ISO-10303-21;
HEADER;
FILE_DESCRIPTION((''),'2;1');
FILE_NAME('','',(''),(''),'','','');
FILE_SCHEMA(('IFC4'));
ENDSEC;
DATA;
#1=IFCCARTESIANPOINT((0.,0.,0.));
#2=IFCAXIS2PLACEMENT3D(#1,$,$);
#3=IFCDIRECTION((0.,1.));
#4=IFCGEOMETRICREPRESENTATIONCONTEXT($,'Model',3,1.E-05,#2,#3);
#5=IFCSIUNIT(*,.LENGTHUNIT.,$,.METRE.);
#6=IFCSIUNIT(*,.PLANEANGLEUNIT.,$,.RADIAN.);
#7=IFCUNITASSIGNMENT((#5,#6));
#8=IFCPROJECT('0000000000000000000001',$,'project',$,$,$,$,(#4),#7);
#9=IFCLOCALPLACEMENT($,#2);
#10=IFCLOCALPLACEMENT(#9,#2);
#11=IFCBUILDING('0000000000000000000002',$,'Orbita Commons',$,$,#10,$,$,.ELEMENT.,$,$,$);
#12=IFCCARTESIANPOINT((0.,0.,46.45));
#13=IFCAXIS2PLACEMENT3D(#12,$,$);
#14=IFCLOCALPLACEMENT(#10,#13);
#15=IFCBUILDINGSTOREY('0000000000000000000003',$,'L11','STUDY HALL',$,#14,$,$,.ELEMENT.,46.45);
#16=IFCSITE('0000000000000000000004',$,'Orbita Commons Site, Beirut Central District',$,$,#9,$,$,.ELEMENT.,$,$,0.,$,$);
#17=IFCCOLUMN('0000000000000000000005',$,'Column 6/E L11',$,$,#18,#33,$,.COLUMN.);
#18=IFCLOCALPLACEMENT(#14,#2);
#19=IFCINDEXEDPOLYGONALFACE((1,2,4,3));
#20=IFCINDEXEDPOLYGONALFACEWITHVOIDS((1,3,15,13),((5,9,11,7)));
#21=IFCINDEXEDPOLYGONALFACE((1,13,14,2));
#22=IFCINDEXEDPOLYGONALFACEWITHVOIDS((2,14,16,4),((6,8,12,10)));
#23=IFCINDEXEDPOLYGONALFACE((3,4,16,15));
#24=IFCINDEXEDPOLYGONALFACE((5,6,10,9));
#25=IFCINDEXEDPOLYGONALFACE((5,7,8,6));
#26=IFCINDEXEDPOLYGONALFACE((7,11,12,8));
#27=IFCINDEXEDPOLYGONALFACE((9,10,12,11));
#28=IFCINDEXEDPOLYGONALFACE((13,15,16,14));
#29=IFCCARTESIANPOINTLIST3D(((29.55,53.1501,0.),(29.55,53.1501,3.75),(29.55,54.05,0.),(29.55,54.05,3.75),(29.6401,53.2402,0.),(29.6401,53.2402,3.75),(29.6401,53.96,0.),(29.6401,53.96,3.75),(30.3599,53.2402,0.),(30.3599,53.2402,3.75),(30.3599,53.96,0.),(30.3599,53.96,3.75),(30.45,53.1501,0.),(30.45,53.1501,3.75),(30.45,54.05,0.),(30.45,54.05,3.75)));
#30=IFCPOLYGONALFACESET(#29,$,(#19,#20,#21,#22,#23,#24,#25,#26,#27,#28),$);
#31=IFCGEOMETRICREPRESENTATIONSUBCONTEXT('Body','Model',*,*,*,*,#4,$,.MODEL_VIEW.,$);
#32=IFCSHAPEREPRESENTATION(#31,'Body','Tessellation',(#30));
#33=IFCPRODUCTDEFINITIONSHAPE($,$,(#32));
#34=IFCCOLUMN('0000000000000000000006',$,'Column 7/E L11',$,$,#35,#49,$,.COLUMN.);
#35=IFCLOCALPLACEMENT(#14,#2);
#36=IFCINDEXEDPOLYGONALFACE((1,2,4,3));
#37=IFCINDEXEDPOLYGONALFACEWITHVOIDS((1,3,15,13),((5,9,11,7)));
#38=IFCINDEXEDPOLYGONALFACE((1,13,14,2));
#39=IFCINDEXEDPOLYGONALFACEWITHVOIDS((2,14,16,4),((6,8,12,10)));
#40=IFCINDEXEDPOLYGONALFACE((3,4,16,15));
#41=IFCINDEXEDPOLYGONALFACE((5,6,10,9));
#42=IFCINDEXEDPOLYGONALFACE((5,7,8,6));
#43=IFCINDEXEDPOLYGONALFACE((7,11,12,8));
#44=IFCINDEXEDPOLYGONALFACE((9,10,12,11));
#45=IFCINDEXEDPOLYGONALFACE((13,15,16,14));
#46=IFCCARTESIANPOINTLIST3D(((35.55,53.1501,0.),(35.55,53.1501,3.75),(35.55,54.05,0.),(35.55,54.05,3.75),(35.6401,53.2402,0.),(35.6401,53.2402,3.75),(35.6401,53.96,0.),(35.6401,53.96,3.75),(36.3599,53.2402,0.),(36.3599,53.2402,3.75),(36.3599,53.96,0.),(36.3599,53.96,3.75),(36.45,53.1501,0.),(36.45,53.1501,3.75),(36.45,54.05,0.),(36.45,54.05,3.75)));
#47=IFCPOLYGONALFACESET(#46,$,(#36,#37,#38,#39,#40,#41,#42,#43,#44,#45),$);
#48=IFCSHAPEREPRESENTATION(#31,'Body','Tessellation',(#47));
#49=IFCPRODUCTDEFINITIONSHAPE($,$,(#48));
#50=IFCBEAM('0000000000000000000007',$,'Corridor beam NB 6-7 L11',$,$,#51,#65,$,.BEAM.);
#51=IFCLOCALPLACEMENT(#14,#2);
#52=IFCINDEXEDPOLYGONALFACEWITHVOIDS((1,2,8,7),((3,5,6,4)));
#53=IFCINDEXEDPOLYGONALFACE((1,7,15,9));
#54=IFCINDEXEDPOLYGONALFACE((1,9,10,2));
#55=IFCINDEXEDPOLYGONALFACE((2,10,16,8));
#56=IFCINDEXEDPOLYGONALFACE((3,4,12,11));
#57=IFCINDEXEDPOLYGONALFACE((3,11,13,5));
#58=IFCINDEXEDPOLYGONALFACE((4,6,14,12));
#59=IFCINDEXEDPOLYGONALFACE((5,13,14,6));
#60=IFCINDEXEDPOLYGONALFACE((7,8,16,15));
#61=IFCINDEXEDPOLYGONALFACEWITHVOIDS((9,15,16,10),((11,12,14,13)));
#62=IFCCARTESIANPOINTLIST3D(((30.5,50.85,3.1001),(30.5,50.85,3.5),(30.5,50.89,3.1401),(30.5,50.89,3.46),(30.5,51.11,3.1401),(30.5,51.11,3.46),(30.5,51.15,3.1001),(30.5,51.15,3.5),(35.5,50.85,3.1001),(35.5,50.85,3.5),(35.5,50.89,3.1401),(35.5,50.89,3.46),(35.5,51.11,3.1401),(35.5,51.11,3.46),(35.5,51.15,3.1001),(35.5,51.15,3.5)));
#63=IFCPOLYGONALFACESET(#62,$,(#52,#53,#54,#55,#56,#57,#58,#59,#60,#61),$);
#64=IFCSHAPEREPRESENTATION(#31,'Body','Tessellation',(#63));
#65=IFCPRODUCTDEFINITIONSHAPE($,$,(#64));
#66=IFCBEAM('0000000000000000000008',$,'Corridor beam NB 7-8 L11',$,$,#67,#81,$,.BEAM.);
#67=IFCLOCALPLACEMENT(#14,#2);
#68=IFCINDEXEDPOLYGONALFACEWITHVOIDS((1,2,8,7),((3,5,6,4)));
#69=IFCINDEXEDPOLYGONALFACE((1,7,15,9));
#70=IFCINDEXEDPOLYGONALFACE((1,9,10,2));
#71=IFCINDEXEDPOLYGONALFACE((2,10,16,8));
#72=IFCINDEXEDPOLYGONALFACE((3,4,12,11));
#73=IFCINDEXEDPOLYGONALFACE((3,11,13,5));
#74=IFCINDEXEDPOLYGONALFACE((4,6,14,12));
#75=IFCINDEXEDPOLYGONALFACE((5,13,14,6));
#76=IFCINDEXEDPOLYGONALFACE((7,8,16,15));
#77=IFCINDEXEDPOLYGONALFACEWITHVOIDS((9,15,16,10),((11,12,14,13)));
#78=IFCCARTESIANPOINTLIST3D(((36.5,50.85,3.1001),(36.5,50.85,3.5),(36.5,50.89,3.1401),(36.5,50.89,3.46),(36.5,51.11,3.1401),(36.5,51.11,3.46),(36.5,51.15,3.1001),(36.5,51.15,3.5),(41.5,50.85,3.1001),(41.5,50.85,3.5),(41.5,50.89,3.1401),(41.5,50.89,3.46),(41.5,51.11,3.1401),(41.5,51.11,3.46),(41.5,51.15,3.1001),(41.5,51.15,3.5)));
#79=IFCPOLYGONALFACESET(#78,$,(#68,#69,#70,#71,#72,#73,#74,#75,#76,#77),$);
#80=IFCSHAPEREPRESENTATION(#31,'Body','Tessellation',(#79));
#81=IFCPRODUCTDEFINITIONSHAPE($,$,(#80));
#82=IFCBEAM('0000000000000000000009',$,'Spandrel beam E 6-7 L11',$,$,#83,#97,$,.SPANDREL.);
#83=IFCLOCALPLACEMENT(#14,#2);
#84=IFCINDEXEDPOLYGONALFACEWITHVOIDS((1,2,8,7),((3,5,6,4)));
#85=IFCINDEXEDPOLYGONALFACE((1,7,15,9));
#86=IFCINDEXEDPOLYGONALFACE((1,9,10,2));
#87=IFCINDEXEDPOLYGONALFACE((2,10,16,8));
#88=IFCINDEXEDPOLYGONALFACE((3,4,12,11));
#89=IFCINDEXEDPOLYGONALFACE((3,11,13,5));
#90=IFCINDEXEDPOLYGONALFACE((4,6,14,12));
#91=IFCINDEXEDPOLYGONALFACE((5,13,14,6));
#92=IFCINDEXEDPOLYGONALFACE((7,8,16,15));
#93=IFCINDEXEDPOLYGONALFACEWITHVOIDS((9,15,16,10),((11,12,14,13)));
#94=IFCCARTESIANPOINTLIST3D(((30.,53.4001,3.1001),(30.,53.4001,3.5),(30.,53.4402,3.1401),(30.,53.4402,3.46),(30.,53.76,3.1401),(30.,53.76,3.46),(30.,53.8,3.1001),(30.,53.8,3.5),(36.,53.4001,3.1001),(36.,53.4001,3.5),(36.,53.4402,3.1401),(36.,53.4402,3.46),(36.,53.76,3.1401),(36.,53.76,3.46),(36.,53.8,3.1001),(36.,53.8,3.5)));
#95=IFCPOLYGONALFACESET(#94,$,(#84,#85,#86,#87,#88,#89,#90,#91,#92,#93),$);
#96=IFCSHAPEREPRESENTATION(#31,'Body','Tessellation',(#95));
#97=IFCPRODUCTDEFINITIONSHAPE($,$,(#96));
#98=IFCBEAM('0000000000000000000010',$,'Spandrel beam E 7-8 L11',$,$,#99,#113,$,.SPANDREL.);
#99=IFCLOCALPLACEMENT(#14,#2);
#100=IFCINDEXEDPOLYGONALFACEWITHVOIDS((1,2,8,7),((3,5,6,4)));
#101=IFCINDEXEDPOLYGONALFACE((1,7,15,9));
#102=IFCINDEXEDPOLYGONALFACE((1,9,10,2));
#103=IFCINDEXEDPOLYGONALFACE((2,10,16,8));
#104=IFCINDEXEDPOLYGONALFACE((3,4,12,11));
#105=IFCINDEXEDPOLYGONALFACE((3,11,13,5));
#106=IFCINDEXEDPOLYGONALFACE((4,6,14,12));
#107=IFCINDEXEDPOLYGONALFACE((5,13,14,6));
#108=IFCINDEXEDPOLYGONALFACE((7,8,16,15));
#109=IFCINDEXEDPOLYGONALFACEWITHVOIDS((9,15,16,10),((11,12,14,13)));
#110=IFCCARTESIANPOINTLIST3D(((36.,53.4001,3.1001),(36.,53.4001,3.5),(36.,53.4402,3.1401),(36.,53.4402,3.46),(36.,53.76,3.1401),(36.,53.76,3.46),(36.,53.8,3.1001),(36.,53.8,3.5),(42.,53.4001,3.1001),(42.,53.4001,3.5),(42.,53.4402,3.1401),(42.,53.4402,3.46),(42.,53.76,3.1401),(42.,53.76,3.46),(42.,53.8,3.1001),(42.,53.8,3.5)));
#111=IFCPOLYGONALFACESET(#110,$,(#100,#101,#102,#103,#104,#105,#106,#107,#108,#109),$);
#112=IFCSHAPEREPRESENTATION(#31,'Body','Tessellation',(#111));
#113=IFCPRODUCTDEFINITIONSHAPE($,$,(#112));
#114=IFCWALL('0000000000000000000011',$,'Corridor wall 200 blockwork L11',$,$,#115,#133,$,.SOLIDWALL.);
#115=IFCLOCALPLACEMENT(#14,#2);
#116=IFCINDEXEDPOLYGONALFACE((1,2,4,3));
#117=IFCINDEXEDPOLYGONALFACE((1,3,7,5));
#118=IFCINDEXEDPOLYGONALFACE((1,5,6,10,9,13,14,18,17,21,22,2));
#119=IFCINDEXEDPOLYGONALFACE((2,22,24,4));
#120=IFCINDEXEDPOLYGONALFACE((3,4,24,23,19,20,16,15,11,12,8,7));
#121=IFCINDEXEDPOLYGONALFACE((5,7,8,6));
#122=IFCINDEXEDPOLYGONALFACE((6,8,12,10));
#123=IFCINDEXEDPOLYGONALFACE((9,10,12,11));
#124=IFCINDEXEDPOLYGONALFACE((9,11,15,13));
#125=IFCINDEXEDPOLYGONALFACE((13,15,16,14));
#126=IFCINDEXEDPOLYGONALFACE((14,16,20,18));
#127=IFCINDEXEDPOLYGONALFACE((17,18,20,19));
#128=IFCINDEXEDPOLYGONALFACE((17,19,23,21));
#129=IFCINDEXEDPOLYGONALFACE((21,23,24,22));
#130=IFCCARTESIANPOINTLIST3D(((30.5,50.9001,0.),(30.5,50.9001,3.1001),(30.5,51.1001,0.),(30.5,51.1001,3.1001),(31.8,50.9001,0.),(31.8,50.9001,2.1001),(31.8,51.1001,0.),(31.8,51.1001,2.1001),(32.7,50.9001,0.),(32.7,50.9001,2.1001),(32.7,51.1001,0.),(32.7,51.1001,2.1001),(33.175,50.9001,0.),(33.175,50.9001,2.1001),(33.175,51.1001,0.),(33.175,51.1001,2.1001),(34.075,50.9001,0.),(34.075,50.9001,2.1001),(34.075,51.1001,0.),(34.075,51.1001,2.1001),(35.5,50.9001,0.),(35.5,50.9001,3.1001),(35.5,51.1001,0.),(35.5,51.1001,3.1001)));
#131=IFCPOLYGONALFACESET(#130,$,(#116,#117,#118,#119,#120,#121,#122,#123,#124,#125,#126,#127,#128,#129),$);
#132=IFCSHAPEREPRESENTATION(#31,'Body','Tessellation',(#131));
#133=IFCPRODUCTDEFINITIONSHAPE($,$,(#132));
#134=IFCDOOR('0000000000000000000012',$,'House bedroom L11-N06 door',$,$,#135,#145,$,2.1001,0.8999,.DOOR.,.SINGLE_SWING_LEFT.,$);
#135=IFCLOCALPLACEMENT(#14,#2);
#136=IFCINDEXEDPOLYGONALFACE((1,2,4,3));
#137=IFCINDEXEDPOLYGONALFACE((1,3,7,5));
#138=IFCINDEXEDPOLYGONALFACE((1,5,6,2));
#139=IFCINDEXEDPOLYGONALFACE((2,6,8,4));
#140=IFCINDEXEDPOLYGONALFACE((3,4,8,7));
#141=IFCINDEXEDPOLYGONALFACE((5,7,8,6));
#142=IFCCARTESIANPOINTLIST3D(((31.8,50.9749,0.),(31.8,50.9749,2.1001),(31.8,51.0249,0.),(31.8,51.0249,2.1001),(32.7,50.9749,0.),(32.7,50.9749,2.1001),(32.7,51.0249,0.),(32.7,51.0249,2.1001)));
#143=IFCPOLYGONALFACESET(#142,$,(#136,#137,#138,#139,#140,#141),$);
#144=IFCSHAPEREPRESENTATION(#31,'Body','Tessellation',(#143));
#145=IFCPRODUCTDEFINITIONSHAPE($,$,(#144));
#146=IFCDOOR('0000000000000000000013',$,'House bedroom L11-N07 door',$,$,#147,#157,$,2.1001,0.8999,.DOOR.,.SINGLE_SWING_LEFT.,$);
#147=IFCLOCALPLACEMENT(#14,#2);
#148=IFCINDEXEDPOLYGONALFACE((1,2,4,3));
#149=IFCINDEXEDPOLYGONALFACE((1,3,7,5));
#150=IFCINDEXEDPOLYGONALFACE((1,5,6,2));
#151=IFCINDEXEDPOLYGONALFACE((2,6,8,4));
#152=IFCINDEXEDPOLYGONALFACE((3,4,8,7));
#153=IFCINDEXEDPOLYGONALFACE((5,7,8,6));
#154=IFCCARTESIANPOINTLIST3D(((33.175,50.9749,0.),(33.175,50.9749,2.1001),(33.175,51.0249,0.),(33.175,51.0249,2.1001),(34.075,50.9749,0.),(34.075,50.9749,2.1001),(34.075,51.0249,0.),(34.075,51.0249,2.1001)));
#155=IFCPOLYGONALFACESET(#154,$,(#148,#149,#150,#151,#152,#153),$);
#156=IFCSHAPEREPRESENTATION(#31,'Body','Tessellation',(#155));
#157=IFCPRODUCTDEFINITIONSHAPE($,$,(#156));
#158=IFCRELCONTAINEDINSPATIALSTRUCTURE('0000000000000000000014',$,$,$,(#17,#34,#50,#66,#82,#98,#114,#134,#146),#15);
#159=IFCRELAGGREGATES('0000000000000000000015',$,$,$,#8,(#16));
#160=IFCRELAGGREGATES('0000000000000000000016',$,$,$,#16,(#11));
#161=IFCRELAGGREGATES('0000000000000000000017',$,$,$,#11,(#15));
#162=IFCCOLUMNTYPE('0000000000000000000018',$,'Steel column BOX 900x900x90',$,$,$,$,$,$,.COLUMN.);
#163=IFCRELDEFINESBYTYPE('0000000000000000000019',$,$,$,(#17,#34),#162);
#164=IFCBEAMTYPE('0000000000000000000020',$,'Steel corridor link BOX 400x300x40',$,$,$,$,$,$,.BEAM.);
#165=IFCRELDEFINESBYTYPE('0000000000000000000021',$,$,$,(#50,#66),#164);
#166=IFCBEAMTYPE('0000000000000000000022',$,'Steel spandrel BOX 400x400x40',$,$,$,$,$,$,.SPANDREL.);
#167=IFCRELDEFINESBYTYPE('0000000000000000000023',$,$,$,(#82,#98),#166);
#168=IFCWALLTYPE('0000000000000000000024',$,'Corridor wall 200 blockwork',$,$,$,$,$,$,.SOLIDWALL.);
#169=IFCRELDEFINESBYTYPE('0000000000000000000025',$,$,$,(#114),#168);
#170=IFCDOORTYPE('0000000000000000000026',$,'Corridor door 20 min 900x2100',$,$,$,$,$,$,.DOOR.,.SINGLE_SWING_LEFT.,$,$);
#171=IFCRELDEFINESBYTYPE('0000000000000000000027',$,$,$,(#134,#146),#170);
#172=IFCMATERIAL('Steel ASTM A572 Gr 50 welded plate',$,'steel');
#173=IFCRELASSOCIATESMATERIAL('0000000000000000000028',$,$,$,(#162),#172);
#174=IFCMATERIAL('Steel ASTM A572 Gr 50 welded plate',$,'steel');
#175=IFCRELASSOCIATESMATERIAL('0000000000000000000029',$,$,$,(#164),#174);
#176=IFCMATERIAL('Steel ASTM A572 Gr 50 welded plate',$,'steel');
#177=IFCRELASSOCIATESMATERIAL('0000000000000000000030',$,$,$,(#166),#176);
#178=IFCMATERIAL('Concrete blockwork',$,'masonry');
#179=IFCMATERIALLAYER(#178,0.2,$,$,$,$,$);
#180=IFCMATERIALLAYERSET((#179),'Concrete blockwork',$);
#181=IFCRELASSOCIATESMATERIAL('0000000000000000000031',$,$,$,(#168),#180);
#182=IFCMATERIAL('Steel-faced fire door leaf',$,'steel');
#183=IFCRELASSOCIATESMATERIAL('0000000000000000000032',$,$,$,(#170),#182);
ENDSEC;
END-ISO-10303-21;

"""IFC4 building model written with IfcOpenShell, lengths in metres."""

from ifc_helpers import new_model, si_unit, direction, frame, frame_2d, origin, origin_2d, place, context, subcontext, project, spatial, polyline, rectangle, hollow_rectangle, outline, extrude, material, layer, layer_set, material_profile, profile_set, type_object, element, fill, save


model = new_model("IFC4")

# Units and contexts
model_context = context("Model", 3, precision=1e-05, world=origin(), true_north=direction((0.0, 1.0)))
body_context = subcontext(model_context, "Body", "Model", "MODEL_VIEW")
ifc_project = project(units=[si_unit("LENGTHUNIT", "METRE"), si_unit("PLANEANGLEUNIT", "RADIAN")], contexts=[model_context])

# Site, building, storey
site_placement = place(None, origin())
site = spatial("IfcSite", under=ifc_project, at=site_placement, Name="Orbita Commons Site, Beirut Central District", CompositionType="ELEMENT", RefElevation=0.0)
building_placement = place(site_placement, origin())
building = spatial("IfcBuilding", under=site, at=building_placement, Name="Orbita Commons", CompositionType="ELEMENT")
storey_placement = place(building_placement, frame((0.0, 0.0, 46.45)))
storey = spatial("IfcBuildingStorey", under=building, at=storey_placement, Name="L11", Description="STUDY HALL", CompositionType="ELEMENT", Elevation=46.45)

# Columns
ifc_material_1 = material(Name="Steel ASTM A572 Gr 50 welded plate", Category="steel")
ifc_material_profile_1 = material_profile(ifc_material_1, hollow_rectangle(XDim=0.8999, YDim=0.8999, WallThickness=0.0901, at=origin_2d()), Name="BOX 900x900x90")
ifc_profile_set_1 = profile_set([ifc_material_profile_1], Name="Steel ASTM A572 Gr 50 welded plate")
column_type = type_object("IfcColumnType", Name="Steel column BOX 900x900x90", PredefinedType="COLUMN", material=ifc_profile_set_1)
for number, where, z_axis, x_axis, name in (
    (1, (30.0, 53.6001, 0.0), (0.0, 0.0, 1.0), (1.0, 0.0, 0.0), "Column 6/E L11"),
    (2, (36.0, 53.6001, 0.0), (0.0, 0.0, 1.0), (1.0, 0.0, 0.0), "Column 7/E L11"),
):
    element("IfcColumn", number, at=place(storey_placement, frame(where, z_axis=z_axis, x_axis=x_axis)), inside=storey, type_object=column_type, Name=name, PredefinedType="COLUMN", context=body_context, shape_type="SweptSolid", body=[
        extrude(hollow_rectangle(XDim=0.8999, YDim=0.8999, WallThickness=0.0901, at=origin_2d()), origin(), (0.0, 0.0, 1.0), 3.75),
    ])

# Beams
ifc_material_2 = material(Name="Steel ASTM A572 Gr 50 welded plate", Category="steel")
ifc_material_profile_2 = material_profile(ifc_material_2, hollow_rectangle(XDim=0.3, YDim=0.3999, WallThickness=0.04, at=origin_2d()), Name="BOX 400x300x40")
ifc_profile_set_2 = profile_set([ifc_material_profile_2], Name="Steel ASTM A572 Gr 50 welded plate")
beam_type_1 = type_object("IfcBeamType", Name="Steel corridor link BOX 400x300x40", PredefinedType="BEAM", material=ifc_profile_set_2)
for number, where, z_axis, x_axis, name in (
    (3, (30.5, 51.0, 3.3), (1.0, 0.0, 0.0), (0.0, 1.0, 0.0), "Corridor beam NB 6-7 L11"),
    (4, (36.5, 51.0, 3.3), (1.0, 0.0, 0.0), (0.0, 1.0, 0.0), "Corridor beam NB 7-8 L11"),
):
    element("IfcBeam", number, at=place(storey_placement, frame(where, z_axis=z_axis, x_axis=x_axis)), inside=storey, type_object=beam_type_1, Name=name, PredefinedType="BEAM", context=body_context, shape_type="SweptSolid", body=[
        extrude(hollow_rectangle(XDim=0.3, YDim=0.3999, WallThickness=0.04, at=origin_2d()), origin(), (0.0, 0.0, 1.0), 5.0),
    ])
ifc_material_3 = material(Name="Steel ASTM A572 Gr 50 welded plate", Category="steel")
ifc_material_profile_3 = material_profile(ifc_material_3, hollow_rectangle(XDim=0.3999, YDim=0.3999, WallThickness=0.04, at=origin_2d()), Name="BOX 400x400x40")
ifc_profile_set_3 = profile_set([ifc_material_profile_3], Name="Steel ASTM A572 Gr 50 welded plate")
beam_type_2 = type_object("IfcBeamType", Name="Steel spandrel BOX 400x400x40", PredefinedType="SPANDREL", material=ifc_profile_set_3)
for number, where, z_axis, x_axis, name in (
    (5, (30.0, 53.6001, 3.3), (1.0, 0.0, 0.0), (0.0, 1.0, 0.0), "Spandrel beam E 6-7 L11"),
    (6, (36.0, 53.6001, 3.3), (1.0, 0.0, 0.0), (0.0, 1.0, 0.0), "Spandrel beam E 7-8 L11"),
):
    element("IfcBeam", number, at=place(storey_placement, frame(where, z_axis=z_axis, x_axis=x_axis)), inside=storey, type_object=beam_type_2, Name=name, PredefinedType="SPANDREL", context=body_context, shape_type="SweptSolid", body=[
        extrude(hollow_rectangle(XDim=0.3999, YDim=0.3999, WallThickness=0.04, at=origin_2d()), origin(), (0.0, 0.0, 1.0), 6.0),
    ])

# Wall, openings, doors
ifc_material_4 = material(Name="Concrete blockwork", Category="masonry")
ifc_layer_1 = layer(ifc_material_4, 0.2)
ifc_layer_set_1 = layer_set([ifc_layer_1], Name="Concrete blockwork")
wall_type_1 = type_object("IfcWallType", Name="Corridor wall 200 blockwork", PredefinedType="SOLIDWALL", material=ifc_layer_set_1)
wall_1_placement = place(storey_placement, frame((30.5, 51.0, 0.0), z_axis=(0.0, 0.0, 1.0), x_axis=(1.0, 0.0, 0.0)))
wall_1 = element("IfcWall", 7, at=wall_1_placement, inside=storey, type_object=wall_type_1, Name="Corridor wall 200 blockwork L11", PredefinedType="SOLIDWALL", context=body_context, shape_type="SweptSolid", body=[
    extrude(outline(polyline([(0.0, 0.0), (5.0, 0.0), (5.0, 3.1001), (0.0, 3.1001), (0.0, 0.0)])), frame((0.0, 0.1001, 0.0), z_axis=(0.0, -1.0, 0.0), x_axis=(1.0, 0.0, 0.0)), (0.0, 0.0, 1.0), 0.2),
])
opening_1_placement = place(wall_1_placement, frame((1.3, 0.0, 0.0)))
opening_1 = element("IfcOpeningElement", 8, at=opening_1_placement, cuts=wall_1, PredefinedType="OPENING", context=body_context, shape_type="SweptSolid", body=[
    extrude(rectangle(XDim=0.8999, YDim=2.1001, at=frame_2d((0.45, 1.05))), frame((0.0, 0.1099, 0.0), z_axis=(0.0, -1.0, 0.0), x_axis=(1.0, 0.0, 0.0)), (0.0, 0.0, 1.0), 0.22),
])
opening_2_placement = place(wall_1_placement, frame((2.675, 0.0, 0.0)))
opening_2 = element("IfcOpeningElement", 9, at=opening_2_placement, cuts=wall_1, PredefinedType="OPENING", context=body_context, shape_type="SweptSolid", body=[
    extrude(rectangle(XDim=0.8999, YDim=2.1001, at=frame_2d((0.45, 1.05))), frame((0.0, 0.1099, 0.0), z_axis=(0.0, -1.0, 0.0), x_axis=(1.0, 0.0, 0.0)), (0.0, 0.0, 1.0), 0.22),
])
ifc_material_5 = material(Name="Steel-faced fire door leaf", Category="steel")
door_type_1 = type_object("IfcDoorType", Name="Corridor door 20 min 900x2100", OperationType="SINGLE_SWING_LEFT", PredefinedType="DOOR", material=ifc_material_5)
door_1_placement = place(opening_1_placement, origin())
door_1 = element("IfcDoor", 10, at=door_1_placement, inside=storey, type_object=door_type_1, Name="House bedroom L11-N06 door", OperationType="SINGLE_SWING_LEFT", OverallHeight=2.1001, OverallWidth=0.8999, PredefinedType="DOOR", context=body_context, shape_type="SweptSolid", body=[
    extrude(rectangle(XDim=0.8999, YDim=2.1001, at=frame_2d((0.45, 1.05))), frame((0.0, 0.0249, 0.0), z_axis=(0.0, -1.0, 0.0), x_axis=(1.0, 0.0, 0.0)), (0.0, 0.0, 1.0), 0.05),
])
fill(opening_1, door_1)
door_2_placement = place(opening_2_placement, origin())
door_2 = element("IfcDoor", 11, at=door_2_placement, inside=storey, type_object=door_type_1, Name="House bedroom L11-N07 door", OperationType="SINGLE_SWING_LEFT", OverallHeight=2.1001, OverallWidth=0.8999, PredefinedType="DOOR", context=body_context, shape_type="SweptSolid", body=[
    extrude(rectangle(XDim=0.8999, YDim=2.1001, at=frame_2d((0.45, 1.05))), frame((0.0, 0.0249, 0.0), z_axis=(0.0, -1.0, 0.0), x_axis=(1.0, 0.0, 0.0)), (0.0, 0.0, 1.0), 0.05),
])
fill(opening_2, door_2)

save(model, "model.ifc")
